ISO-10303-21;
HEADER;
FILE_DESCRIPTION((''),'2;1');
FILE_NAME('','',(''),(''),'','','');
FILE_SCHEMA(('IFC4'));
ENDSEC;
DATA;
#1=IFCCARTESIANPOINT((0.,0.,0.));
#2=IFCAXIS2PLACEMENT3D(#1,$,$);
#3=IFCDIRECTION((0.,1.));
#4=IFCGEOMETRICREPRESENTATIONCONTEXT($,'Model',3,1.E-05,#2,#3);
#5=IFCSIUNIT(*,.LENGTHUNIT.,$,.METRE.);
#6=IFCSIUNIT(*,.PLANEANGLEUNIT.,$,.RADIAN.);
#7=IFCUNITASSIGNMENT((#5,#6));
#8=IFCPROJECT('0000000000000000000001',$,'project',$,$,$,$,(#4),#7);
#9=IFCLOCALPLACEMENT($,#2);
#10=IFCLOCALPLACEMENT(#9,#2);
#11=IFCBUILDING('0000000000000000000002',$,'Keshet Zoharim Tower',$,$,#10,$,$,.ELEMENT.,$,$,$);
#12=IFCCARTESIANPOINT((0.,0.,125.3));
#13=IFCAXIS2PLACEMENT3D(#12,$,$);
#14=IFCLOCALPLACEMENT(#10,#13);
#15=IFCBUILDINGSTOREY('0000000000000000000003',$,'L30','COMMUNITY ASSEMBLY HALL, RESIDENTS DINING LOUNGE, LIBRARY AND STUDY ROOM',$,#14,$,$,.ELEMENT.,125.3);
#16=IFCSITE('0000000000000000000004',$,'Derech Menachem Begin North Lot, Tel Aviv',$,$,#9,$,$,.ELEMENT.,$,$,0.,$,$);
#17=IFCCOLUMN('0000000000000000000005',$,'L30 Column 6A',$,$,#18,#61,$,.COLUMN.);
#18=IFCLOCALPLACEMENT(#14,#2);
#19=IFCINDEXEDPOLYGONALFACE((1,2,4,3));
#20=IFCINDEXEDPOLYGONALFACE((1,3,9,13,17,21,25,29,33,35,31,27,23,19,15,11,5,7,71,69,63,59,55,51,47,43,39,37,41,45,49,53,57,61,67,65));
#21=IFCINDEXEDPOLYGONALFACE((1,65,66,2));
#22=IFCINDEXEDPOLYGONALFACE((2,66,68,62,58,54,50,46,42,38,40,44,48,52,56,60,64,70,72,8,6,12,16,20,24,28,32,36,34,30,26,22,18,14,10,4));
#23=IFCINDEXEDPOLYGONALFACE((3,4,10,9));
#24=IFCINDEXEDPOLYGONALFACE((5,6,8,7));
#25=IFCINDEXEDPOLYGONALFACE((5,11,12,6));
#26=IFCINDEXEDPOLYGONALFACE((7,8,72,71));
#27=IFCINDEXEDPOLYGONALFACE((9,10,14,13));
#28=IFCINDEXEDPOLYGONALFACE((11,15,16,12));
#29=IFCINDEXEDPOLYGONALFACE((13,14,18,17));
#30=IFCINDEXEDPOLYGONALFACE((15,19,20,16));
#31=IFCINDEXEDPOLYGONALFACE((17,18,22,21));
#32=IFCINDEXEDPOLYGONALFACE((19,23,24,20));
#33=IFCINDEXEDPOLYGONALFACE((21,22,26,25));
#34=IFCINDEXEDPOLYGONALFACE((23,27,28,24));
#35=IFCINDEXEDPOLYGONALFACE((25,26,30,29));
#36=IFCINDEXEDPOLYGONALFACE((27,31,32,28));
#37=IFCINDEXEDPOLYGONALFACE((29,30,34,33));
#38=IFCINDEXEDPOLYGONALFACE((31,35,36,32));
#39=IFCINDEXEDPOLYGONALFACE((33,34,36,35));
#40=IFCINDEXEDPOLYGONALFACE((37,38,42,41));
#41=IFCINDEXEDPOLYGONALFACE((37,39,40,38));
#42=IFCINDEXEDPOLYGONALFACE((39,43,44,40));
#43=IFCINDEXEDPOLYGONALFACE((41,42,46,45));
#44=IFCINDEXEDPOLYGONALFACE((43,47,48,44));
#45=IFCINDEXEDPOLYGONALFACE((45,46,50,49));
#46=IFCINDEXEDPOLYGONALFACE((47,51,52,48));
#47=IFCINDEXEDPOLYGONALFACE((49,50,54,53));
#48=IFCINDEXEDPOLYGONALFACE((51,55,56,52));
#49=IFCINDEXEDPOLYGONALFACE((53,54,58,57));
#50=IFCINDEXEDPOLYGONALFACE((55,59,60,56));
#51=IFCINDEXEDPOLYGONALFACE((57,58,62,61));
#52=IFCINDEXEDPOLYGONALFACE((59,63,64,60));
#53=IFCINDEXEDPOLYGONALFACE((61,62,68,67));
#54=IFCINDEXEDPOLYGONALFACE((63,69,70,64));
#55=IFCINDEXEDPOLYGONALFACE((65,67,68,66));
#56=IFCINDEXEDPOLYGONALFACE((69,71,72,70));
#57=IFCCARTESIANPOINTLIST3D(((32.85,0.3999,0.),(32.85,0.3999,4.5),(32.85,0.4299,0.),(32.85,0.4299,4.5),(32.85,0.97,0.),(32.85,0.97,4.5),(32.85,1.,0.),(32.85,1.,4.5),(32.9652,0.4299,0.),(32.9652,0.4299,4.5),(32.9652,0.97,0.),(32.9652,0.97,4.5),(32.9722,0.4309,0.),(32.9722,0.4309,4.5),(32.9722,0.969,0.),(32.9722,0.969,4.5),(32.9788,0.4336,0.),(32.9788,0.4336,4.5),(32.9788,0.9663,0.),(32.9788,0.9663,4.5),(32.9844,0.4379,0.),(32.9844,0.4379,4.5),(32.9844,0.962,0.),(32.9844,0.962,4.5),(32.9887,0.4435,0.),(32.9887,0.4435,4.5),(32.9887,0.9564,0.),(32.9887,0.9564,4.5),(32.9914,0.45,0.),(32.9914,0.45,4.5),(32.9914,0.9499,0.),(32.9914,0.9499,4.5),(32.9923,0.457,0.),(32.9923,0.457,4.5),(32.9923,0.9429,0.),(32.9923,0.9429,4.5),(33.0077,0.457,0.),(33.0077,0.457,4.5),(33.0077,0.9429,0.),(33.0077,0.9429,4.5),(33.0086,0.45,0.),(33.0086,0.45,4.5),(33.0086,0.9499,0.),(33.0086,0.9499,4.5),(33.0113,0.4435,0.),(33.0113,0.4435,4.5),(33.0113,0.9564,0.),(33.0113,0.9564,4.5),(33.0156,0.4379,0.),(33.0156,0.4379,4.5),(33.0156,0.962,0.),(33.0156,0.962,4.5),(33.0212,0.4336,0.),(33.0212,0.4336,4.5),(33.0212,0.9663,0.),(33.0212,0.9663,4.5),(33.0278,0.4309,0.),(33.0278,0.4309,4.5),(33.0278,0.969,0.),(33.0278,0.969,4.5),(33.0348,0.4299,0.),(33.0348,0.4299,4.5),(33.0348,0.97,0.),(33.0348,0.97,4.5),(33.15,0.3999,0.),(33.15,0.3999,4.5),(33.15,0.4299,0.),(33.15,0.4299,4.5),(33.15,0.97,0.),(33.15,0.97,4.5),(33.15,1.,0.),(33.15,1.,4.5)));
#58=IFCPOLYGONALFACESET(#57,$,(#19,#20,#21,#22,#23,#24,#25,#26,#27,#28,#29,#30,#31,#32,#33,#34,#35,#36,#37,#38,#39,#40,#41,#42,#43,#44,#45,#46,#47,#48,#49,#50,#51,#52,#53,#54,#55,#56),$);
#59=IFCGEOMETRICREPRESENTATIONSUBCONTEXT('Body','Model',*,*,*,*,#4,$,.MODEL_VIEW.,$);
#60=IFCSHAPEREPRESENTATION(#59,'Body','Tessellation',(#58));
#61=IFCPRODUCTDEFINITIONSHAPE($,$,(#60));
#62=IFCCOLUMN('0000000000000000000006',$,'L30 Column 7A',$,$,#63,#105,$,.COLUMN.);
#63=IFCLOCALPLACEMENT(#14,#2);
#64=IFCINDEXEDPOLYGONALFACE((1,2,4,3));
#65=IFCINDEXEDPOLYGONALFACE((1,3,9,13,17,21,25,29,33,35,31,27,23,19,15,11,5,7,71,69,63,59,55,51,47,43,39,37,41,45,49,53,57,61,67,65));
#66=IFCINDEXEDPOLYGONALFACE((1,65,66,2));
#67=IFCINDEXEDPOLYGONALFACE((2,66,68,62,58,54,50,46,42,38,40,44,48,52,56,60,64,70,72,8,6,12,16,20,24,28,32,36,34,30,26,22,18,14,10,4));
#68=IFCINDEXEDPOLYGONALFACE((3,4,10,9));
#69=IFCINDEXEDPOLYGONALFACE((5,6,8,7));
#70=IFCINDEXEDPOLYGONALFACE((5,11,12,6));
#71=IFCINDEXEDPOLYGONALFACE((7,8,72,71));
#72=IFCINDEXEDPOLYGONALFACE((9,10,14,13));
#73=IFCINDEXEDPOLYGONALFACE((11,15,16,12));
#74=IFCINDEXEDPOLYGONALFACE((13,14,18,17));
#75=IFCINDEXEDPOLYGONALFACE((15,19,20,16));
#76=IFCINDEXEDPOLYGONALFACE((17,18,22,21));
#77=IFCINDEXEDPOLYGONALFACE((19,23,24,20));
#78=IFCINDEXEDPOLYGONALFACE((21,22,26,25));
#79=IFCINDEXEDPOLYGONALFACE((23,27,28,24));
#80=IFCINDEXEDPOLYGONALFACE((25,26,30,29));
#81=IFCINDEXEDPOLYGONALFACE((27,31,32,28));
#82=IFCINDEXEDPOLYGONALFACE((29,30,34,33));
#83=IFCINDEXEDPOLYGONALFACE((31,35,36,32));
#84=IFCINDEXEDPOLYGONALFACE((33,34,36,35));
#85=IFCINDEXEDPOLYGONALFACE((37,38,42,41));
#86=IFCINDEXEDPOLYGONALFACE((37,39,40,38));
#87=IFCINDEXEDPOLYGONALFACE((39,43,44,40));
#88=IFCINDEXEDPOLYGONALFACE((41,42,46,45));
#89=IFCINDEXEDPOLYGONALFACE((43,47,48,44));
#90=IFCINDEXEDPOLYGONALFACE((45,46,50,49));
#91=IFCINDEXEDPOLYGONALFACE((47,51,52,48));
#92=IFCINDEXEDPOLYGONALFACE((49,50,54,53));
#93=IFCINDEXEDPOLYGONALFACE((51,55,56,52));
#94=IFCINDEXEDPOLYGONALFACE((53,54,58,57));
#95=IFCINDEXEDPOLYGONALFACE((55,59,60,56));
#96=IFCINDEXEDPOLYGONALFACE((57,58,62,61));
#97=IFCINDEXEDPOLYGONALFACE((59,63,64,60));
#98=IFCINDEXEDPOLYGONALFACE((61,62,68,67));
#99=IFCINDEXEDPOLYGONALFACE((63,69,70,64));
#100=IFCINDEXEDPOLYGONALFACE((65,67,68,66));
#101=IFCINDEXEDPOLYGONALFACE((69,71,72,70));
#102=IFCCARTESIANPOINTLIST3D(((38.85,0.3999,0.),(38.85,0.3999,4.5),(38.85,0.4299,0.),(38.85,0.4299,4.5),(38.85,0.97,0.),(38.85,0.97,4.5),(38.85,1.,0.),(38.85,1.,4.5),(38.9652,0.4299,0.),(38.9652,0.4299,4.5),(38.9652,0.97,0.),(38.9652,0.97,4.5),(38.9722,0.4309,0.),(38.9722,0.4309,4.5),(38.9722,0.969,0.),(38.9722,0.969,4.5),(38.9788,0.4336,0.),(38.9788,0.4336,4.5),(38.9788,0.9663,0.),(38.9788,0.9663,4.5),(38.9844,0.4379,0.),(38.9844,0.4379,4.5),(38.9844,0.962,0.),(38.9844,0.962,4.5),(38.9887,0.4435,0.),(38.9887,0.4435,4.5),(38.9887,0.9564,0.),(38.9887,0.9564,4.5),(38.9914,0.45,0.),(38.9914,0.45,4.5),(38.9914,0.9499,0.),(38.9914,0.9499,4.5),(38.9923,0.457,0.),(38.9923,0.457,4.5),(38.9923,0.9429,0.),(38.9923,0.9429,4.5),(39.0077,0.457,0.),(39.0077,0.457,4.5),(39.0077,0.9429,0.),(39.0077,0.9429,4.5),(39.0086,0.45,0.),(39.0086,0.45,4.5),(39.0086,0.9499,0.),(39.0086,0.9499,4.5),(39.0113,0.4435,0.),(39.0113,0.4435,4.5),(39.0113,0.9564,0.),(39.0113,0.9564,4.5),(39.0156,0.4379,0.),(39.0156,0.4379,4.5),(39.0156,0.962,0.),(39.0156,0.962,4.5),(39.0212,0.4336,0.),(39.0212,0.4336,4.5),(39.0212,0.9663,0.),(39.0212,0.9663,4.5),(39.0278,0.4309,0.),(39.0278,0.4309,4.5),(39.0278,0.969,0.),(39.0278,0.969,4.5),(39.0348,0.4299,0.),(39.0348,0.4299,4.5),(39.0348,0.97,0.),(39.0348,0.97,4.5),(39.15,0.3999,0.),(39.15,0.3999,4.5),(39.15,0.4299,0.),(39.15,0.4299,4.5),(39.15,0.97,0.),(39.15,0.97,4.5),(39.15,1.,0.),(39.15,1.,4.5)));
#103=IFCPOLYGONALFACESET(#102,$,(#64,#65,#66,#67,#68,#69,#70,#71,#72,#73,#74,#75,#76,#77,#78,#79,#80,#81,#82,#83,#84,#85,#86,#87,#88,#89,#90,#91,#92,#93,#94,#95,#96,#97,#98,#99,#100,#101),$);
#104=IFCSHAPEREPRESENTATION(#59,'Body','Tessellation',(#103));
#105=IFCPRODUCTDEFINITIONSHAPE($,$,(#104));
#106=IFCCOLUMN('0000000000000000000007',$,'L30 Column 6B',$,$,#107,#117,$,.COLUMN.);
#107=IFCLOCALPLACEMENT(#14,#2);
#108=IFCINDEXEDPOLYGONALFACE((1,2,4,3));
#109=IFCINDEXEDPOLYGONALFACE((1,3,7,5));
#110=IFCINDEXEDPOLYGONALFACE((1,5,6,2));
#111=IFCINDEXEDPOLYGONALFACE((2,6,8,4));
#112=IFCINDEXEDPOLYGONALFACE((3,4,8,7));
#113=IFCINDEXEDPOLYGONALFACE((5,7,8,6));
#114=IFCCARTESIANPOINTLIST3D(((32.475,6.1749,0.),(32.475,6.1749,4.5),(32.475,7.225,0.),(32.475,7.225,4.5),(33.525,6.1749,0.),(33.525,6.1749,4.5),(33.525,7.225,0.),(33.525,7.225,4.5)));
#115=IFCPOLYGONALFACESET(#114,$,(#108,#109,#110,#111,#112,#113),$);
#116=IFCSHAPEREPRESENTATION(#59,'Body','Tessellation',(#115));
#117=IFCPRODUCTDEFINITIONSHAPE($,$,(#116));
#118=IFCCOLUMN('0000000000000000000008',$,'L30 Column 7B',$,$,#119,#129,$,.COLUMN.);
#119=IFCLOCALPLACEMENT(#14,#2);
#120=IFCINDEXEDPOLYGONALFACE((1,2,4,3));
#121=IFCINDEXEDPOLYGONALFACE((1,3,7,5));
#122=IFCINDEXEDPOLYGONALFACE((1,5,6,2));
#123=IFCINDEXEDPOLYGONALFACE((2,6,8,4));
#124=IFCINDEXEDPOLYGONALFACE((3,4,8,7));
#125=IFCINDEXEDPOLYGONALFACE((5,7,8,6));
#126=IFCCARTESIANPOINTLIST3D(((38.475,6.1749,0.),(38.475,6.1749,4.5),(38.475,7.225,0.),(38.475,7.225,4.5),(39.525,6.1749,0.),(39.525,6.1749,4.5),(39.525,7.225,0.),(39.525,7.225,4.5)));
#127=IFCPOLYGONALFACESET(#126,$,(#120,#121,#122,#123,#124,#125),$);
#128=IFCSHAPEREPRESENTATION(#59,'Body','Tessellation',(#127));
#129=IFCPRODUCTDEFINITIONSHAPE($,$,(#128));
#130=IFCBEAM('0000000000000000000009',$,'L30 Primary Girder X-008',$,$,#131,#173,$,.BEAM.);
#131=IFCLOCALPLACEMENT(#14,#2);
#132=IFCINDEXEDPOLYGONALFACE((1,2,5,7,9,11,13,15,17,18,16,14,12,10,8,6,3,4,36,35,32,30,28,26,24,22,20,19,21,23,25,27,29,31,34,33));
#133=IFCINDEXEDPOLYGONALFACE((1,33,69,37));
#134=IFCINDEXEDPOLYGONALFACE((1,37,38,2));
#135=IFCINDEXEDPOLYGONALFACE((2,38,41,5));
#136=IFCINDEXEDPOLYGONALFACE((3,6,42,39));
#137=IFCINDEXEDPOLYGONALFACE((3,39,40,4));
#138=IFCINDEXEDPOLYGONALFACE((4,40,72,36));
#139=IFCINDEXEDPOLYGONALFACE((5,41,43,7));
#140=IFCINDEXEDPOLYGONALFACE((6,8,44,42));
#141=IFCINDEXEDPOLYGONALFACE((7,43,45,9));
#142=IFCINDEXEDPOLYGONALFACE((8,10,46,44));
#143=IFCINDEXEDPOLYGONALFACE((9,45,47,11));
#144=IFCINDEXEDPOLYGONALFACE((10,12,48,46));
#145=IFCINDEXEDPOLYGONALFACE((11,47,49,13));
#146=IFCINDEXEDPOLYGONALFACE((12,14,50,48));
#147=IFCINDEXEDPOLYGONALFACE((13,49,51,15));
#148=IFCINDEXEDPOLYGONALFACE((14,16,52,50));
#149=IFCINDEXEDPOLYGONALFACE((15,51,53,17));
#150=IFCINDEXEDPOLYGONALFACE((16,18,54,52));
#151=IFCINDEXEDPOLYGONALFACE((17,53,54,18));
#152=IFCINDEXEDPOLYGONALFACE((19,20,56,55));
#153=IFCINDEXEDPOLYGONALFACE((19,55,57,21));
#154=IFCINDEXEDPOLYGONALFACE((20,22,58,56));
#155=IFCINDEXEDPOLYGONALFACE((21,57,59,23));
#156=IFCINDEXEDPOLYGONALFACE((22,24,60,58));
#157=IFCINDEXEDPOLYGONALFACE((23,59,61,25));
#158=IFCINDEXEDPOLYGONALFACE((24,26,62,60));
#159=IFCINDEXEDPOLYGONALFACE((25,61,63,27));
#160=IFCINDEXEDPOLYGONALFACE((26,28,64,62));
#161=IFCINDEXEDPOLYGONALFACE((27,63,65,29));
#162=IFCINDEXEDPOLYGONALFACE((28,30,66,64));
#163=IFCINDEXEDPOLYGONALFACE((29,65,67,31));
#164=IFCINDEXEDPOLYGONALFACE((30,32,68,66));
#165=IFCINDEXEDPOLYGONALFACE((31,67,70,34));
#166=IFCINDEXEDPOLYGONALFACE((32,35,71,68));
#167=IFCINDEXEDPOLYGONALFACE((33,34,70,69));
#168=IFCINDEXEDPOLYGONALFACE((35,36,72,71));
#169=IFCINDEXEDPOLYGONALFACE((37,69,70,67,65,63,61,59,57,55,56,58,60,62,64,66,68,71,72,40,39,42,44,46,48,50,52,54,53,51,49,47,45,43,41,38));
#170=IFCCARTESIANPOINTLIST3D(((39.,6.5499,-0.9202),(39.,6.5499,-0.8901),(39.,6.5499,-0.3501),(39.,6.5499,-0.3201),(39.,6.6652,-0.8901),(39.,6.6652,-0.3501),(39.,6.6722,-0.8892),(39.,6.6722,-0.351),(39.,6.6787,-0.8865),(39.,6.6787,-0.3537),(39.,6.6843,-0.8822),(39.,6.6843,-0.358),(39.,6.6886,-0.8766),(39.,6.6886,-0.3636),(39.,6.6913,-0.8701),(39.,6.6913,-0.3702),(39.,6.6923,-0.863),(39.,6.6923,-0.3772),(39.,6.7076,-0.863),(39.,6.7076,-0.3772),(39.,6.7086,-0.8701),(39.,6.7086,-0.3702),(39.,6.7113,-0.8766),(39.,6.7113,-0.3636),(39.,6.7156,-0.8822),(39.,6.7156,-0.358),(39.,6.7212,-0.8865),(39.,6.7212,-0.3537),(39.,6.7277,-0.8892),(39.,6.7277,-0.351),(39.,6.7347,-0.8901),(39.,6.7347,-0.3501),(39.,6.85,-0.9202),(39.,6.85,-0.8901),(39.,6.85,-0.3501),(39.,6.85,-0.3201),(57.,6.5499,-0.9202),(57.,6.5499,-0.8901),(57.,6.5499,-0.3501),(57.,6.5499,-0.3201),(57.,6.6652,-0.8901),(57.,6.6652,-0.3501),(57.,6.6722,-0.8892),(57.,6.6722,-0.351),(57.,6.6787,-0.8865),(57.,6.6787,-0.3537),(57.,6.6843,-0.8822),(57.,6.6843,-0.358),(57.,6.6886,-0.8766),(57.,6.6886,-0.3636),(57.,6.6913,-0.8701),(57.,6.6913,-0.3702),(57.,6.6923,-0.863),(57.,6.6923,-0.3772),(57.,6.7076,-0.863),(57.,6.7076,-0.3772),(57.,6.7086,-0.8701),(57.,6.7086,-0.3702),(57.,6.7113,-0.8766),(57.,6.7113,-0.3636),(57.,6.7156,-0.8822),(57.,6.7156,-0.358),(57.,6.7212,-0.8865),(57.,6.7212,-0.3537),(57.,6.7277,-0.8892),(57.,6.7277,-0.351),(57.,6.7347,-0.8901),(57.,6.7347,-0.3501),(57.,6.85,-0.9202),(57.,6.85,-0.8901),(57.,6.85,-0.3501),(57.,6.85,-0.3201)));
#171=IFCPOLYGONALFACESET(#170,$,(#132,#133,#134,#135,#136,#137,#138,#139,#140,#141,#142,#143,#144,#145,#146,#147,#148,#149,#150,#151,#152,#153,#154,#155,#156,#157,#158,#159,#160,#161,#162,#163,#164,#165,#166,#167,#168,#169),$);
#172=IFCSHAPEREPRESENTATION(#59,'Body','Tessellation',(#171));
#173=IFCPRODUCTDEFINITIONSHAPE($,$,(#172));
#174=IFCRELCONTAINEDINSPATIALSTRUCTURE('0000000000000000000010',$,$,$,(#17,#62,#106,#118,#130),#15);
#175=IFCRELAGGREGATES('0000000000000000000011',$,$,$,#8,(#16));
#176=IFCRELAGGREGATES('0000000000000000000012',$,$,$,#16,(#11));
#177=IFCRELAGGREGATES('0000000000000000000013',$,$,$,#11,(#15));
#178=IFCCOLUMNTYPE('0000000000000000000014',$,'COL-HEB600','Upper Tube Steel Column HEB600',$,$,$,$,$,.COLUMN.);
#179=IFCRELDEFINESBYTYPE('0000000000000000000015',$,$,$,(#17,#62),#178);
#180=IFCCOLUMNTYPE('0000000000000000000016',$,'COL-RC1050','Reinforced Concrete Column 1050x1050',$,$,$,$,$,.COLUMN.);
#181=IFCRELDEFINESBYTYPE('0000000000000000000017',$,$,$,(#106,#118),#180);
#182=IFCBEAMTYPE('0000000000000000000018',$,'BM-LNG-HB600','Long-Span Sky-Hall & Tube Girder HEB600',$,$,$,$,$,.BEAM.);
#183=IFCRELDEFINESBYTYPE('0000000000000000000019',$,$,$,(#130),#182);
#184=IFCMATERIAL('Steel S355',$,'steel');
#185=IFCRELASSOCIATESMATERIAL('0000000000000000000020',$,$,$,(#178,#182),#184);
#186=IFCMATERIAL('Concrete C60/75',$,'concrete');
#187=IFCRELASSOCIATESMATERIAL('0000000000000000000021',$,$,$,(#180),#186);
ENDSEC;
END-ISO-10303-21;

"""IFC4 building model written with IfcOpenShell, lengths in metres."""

from ifc_helpers import new_model, si_unit, direction, frame, origin, origin_2d, place, context, subcontext, project, spatial, rectangle, i_section, extrude, material, material_profile, profile_set, type_object, element, save


model = new_model("IFC4")

# Units and contexts
model_context = context("Model", 3, precision=1e-05, world=origin(), true_north=direction((0.0, 1.0)))
body_context = subcontext(model_context, "Body", "Model", "MODEL_VIEW")
ifc_project = project(units=[si_unit("LENGTHUNIT", "METRE"), si_unit("PLANEANGLEUNIT", "RADIAN")], contexts=[model_context])

# Site, building, storey
site_placement = place(None, origin())
site = spatial("IfcSite", under=ifc_project, at=site_placement, Name="Derech Menachem Begin North Lot, Tel Aviv", CompositionType="ELEMENT", RefElevation=0.0)
building_placement = place(site_placement, origin())
building = spatial("IfcBuilding", under=site, at=building_placement, Name="Keshet Zoharim Tower", CompositionType="ELEMENT")
storey_placement = place(building_placement, frame((0.0, 0.0, 125.3)))
storey = spatial("IfcBuildingStorey", under=building, at=storey_placement, Name="L30", Description="COMMUNITY ASSEMBLY HALL, RESIDENTS DINING LOUNGE, LIBRARY AND STUDY ROOM", CompositionType="ELEMENT", Elevation=125.3)

# Columns
ifc_material_1 = material(Name="Steel S355", Category="steel")
ifc_material_profile_1 = material_profile(ifc_material_1, i_section(OverallWidth=0.3, OverallDepth=0.6001, WebThickness=0.0154, FlangeThickness=0.03, FilletRadius=0.0271, at=origin_2d()), Name="HEB600")
ifc_profile_set_1 = profile_set([ifc_material_profile_1], Name="Steel S355")
column_type_1 = type_object("IfcColumnType", Name="COL-HEB600", Description="Upper Tube Steel Column HEB600", PredefinedType="COLUMN", material=ifc_profile_set_1)
for number, where, z_axis, x_axis, name in (
    (1, (33.0, 0.7, 0.0), (0.0, 0.0, 1.0), (1.0, 0.0, 0.0), "L30 Column 6A"),
    (2, (39.0, 0.7, 0.0), (0.0, 0.0, 1.0), (1.0, 0.0, 0.0), "L30 Column 7A"),
):
    element("IfcColumn", number, at=place(storey_placement, frame(where, z_axis=z_axis, x_axis=x_axis)), inside=storey, type_object=column_type_1, Name=name, PredefinedType="COLUMN", context=body_context, shape_type="SweptSolid", body=[
        extrude(i_section(OverallWidth=0.3, OverallDepth=0.6001, WebThickness=0.0154, FlangeThickness=0.03, FilletRadius=0.0271, at=origin_2d()), origin(), (0.0, 0.0, 1.0), 4.5),
    ])
ifc_material_2 = material(Name="Concrete C60/75", Category="concrete")
ifc_material_profile_2 = material_profile(ifc_material_2, rectangle(XDim=1.05, YDim=1.05, at=origin_2d()), Name="RC1050x1050")
ifc_profile_set_2 = profile_set([ifc_material_profile_2], Name="Concrete C60/75")
column_type_2 = type_object("IfcColumnType", Name="COL-RC1050", Description="Reinforced Concrete Column 1050x1050", PredefinedType="COLUMN", material=ifc_profile_set_2)
for number, where, z_axis, x_axis, name in (
    (3, (33.0, 6.7, 0.0), (0.0, 0.0, 1.0), (1.0, 0.0, 0.0), "L30 Column 6B"),
    (4, (39.0, 6.7, 0.0), (0.0, 0.0, 1.0), (1.0, 0.0, 0.0), "L30 Column 7B"),
):
    element("IfcColumn", number, at=place(storey_placement, frame(where, z_axis=z_axis, x_axis=x_axis)), inside=storey, type_object=column_type_2, Name=name, PredefinedType="COLUMN", context=body_context, shape_type="SweptSolid", body=[
        extrude(rectangle(XDim=1.05, YDim=1.05, at=origin_2d()), origin(), (0.0, 0.0, 1.0), 4.5),
    ])

# Beam
ifc_material_profile_3 = material_profile(ifc_material_1, i_section(OverallWidth=0.3, OverallDepth=0.6001, WebThickness=0.0154, FlangeThickness=0.03, FilletRadius=0.0271, at=origin_2d()), Name="HEB600")
ifc_profile_set_3 = profile_set([ifc_material_profile_3], Name="Steel S355")
beam_type_1 = type_object("IfcBeamType", Name="BM-LNG-HB600", Description="Long-Span Sky-Hall & Tube Girder HEB600", PredefinedType="BEAM", material=ifc_profile_set_3)
beam_placement = place(storey_placement, frame((39.0, 6.7, -0.6201), z_axis=(1.0, 0.0, 0.0), x_axis=(0.0, 1.0, 0.0)))
element("IfcBeam", 5, at=beam_placement, inside=storey, type_object=beam_type_1, Name="L30 Primary Girder X-008", PredefinedType="BEAM", context=body_context, shape_type="SweptSolid", body=[
    extrude(i_section(OverallWidth=0.3, OverallDepth=0.6001, WebThickness=0.0154, FlangeThickness=0.03, FilletRadius=0.0271, at=origin_2d()), origin(), (0.0, 0.0, 1.0), 18.0),
])

save(model, "model.ifc")
